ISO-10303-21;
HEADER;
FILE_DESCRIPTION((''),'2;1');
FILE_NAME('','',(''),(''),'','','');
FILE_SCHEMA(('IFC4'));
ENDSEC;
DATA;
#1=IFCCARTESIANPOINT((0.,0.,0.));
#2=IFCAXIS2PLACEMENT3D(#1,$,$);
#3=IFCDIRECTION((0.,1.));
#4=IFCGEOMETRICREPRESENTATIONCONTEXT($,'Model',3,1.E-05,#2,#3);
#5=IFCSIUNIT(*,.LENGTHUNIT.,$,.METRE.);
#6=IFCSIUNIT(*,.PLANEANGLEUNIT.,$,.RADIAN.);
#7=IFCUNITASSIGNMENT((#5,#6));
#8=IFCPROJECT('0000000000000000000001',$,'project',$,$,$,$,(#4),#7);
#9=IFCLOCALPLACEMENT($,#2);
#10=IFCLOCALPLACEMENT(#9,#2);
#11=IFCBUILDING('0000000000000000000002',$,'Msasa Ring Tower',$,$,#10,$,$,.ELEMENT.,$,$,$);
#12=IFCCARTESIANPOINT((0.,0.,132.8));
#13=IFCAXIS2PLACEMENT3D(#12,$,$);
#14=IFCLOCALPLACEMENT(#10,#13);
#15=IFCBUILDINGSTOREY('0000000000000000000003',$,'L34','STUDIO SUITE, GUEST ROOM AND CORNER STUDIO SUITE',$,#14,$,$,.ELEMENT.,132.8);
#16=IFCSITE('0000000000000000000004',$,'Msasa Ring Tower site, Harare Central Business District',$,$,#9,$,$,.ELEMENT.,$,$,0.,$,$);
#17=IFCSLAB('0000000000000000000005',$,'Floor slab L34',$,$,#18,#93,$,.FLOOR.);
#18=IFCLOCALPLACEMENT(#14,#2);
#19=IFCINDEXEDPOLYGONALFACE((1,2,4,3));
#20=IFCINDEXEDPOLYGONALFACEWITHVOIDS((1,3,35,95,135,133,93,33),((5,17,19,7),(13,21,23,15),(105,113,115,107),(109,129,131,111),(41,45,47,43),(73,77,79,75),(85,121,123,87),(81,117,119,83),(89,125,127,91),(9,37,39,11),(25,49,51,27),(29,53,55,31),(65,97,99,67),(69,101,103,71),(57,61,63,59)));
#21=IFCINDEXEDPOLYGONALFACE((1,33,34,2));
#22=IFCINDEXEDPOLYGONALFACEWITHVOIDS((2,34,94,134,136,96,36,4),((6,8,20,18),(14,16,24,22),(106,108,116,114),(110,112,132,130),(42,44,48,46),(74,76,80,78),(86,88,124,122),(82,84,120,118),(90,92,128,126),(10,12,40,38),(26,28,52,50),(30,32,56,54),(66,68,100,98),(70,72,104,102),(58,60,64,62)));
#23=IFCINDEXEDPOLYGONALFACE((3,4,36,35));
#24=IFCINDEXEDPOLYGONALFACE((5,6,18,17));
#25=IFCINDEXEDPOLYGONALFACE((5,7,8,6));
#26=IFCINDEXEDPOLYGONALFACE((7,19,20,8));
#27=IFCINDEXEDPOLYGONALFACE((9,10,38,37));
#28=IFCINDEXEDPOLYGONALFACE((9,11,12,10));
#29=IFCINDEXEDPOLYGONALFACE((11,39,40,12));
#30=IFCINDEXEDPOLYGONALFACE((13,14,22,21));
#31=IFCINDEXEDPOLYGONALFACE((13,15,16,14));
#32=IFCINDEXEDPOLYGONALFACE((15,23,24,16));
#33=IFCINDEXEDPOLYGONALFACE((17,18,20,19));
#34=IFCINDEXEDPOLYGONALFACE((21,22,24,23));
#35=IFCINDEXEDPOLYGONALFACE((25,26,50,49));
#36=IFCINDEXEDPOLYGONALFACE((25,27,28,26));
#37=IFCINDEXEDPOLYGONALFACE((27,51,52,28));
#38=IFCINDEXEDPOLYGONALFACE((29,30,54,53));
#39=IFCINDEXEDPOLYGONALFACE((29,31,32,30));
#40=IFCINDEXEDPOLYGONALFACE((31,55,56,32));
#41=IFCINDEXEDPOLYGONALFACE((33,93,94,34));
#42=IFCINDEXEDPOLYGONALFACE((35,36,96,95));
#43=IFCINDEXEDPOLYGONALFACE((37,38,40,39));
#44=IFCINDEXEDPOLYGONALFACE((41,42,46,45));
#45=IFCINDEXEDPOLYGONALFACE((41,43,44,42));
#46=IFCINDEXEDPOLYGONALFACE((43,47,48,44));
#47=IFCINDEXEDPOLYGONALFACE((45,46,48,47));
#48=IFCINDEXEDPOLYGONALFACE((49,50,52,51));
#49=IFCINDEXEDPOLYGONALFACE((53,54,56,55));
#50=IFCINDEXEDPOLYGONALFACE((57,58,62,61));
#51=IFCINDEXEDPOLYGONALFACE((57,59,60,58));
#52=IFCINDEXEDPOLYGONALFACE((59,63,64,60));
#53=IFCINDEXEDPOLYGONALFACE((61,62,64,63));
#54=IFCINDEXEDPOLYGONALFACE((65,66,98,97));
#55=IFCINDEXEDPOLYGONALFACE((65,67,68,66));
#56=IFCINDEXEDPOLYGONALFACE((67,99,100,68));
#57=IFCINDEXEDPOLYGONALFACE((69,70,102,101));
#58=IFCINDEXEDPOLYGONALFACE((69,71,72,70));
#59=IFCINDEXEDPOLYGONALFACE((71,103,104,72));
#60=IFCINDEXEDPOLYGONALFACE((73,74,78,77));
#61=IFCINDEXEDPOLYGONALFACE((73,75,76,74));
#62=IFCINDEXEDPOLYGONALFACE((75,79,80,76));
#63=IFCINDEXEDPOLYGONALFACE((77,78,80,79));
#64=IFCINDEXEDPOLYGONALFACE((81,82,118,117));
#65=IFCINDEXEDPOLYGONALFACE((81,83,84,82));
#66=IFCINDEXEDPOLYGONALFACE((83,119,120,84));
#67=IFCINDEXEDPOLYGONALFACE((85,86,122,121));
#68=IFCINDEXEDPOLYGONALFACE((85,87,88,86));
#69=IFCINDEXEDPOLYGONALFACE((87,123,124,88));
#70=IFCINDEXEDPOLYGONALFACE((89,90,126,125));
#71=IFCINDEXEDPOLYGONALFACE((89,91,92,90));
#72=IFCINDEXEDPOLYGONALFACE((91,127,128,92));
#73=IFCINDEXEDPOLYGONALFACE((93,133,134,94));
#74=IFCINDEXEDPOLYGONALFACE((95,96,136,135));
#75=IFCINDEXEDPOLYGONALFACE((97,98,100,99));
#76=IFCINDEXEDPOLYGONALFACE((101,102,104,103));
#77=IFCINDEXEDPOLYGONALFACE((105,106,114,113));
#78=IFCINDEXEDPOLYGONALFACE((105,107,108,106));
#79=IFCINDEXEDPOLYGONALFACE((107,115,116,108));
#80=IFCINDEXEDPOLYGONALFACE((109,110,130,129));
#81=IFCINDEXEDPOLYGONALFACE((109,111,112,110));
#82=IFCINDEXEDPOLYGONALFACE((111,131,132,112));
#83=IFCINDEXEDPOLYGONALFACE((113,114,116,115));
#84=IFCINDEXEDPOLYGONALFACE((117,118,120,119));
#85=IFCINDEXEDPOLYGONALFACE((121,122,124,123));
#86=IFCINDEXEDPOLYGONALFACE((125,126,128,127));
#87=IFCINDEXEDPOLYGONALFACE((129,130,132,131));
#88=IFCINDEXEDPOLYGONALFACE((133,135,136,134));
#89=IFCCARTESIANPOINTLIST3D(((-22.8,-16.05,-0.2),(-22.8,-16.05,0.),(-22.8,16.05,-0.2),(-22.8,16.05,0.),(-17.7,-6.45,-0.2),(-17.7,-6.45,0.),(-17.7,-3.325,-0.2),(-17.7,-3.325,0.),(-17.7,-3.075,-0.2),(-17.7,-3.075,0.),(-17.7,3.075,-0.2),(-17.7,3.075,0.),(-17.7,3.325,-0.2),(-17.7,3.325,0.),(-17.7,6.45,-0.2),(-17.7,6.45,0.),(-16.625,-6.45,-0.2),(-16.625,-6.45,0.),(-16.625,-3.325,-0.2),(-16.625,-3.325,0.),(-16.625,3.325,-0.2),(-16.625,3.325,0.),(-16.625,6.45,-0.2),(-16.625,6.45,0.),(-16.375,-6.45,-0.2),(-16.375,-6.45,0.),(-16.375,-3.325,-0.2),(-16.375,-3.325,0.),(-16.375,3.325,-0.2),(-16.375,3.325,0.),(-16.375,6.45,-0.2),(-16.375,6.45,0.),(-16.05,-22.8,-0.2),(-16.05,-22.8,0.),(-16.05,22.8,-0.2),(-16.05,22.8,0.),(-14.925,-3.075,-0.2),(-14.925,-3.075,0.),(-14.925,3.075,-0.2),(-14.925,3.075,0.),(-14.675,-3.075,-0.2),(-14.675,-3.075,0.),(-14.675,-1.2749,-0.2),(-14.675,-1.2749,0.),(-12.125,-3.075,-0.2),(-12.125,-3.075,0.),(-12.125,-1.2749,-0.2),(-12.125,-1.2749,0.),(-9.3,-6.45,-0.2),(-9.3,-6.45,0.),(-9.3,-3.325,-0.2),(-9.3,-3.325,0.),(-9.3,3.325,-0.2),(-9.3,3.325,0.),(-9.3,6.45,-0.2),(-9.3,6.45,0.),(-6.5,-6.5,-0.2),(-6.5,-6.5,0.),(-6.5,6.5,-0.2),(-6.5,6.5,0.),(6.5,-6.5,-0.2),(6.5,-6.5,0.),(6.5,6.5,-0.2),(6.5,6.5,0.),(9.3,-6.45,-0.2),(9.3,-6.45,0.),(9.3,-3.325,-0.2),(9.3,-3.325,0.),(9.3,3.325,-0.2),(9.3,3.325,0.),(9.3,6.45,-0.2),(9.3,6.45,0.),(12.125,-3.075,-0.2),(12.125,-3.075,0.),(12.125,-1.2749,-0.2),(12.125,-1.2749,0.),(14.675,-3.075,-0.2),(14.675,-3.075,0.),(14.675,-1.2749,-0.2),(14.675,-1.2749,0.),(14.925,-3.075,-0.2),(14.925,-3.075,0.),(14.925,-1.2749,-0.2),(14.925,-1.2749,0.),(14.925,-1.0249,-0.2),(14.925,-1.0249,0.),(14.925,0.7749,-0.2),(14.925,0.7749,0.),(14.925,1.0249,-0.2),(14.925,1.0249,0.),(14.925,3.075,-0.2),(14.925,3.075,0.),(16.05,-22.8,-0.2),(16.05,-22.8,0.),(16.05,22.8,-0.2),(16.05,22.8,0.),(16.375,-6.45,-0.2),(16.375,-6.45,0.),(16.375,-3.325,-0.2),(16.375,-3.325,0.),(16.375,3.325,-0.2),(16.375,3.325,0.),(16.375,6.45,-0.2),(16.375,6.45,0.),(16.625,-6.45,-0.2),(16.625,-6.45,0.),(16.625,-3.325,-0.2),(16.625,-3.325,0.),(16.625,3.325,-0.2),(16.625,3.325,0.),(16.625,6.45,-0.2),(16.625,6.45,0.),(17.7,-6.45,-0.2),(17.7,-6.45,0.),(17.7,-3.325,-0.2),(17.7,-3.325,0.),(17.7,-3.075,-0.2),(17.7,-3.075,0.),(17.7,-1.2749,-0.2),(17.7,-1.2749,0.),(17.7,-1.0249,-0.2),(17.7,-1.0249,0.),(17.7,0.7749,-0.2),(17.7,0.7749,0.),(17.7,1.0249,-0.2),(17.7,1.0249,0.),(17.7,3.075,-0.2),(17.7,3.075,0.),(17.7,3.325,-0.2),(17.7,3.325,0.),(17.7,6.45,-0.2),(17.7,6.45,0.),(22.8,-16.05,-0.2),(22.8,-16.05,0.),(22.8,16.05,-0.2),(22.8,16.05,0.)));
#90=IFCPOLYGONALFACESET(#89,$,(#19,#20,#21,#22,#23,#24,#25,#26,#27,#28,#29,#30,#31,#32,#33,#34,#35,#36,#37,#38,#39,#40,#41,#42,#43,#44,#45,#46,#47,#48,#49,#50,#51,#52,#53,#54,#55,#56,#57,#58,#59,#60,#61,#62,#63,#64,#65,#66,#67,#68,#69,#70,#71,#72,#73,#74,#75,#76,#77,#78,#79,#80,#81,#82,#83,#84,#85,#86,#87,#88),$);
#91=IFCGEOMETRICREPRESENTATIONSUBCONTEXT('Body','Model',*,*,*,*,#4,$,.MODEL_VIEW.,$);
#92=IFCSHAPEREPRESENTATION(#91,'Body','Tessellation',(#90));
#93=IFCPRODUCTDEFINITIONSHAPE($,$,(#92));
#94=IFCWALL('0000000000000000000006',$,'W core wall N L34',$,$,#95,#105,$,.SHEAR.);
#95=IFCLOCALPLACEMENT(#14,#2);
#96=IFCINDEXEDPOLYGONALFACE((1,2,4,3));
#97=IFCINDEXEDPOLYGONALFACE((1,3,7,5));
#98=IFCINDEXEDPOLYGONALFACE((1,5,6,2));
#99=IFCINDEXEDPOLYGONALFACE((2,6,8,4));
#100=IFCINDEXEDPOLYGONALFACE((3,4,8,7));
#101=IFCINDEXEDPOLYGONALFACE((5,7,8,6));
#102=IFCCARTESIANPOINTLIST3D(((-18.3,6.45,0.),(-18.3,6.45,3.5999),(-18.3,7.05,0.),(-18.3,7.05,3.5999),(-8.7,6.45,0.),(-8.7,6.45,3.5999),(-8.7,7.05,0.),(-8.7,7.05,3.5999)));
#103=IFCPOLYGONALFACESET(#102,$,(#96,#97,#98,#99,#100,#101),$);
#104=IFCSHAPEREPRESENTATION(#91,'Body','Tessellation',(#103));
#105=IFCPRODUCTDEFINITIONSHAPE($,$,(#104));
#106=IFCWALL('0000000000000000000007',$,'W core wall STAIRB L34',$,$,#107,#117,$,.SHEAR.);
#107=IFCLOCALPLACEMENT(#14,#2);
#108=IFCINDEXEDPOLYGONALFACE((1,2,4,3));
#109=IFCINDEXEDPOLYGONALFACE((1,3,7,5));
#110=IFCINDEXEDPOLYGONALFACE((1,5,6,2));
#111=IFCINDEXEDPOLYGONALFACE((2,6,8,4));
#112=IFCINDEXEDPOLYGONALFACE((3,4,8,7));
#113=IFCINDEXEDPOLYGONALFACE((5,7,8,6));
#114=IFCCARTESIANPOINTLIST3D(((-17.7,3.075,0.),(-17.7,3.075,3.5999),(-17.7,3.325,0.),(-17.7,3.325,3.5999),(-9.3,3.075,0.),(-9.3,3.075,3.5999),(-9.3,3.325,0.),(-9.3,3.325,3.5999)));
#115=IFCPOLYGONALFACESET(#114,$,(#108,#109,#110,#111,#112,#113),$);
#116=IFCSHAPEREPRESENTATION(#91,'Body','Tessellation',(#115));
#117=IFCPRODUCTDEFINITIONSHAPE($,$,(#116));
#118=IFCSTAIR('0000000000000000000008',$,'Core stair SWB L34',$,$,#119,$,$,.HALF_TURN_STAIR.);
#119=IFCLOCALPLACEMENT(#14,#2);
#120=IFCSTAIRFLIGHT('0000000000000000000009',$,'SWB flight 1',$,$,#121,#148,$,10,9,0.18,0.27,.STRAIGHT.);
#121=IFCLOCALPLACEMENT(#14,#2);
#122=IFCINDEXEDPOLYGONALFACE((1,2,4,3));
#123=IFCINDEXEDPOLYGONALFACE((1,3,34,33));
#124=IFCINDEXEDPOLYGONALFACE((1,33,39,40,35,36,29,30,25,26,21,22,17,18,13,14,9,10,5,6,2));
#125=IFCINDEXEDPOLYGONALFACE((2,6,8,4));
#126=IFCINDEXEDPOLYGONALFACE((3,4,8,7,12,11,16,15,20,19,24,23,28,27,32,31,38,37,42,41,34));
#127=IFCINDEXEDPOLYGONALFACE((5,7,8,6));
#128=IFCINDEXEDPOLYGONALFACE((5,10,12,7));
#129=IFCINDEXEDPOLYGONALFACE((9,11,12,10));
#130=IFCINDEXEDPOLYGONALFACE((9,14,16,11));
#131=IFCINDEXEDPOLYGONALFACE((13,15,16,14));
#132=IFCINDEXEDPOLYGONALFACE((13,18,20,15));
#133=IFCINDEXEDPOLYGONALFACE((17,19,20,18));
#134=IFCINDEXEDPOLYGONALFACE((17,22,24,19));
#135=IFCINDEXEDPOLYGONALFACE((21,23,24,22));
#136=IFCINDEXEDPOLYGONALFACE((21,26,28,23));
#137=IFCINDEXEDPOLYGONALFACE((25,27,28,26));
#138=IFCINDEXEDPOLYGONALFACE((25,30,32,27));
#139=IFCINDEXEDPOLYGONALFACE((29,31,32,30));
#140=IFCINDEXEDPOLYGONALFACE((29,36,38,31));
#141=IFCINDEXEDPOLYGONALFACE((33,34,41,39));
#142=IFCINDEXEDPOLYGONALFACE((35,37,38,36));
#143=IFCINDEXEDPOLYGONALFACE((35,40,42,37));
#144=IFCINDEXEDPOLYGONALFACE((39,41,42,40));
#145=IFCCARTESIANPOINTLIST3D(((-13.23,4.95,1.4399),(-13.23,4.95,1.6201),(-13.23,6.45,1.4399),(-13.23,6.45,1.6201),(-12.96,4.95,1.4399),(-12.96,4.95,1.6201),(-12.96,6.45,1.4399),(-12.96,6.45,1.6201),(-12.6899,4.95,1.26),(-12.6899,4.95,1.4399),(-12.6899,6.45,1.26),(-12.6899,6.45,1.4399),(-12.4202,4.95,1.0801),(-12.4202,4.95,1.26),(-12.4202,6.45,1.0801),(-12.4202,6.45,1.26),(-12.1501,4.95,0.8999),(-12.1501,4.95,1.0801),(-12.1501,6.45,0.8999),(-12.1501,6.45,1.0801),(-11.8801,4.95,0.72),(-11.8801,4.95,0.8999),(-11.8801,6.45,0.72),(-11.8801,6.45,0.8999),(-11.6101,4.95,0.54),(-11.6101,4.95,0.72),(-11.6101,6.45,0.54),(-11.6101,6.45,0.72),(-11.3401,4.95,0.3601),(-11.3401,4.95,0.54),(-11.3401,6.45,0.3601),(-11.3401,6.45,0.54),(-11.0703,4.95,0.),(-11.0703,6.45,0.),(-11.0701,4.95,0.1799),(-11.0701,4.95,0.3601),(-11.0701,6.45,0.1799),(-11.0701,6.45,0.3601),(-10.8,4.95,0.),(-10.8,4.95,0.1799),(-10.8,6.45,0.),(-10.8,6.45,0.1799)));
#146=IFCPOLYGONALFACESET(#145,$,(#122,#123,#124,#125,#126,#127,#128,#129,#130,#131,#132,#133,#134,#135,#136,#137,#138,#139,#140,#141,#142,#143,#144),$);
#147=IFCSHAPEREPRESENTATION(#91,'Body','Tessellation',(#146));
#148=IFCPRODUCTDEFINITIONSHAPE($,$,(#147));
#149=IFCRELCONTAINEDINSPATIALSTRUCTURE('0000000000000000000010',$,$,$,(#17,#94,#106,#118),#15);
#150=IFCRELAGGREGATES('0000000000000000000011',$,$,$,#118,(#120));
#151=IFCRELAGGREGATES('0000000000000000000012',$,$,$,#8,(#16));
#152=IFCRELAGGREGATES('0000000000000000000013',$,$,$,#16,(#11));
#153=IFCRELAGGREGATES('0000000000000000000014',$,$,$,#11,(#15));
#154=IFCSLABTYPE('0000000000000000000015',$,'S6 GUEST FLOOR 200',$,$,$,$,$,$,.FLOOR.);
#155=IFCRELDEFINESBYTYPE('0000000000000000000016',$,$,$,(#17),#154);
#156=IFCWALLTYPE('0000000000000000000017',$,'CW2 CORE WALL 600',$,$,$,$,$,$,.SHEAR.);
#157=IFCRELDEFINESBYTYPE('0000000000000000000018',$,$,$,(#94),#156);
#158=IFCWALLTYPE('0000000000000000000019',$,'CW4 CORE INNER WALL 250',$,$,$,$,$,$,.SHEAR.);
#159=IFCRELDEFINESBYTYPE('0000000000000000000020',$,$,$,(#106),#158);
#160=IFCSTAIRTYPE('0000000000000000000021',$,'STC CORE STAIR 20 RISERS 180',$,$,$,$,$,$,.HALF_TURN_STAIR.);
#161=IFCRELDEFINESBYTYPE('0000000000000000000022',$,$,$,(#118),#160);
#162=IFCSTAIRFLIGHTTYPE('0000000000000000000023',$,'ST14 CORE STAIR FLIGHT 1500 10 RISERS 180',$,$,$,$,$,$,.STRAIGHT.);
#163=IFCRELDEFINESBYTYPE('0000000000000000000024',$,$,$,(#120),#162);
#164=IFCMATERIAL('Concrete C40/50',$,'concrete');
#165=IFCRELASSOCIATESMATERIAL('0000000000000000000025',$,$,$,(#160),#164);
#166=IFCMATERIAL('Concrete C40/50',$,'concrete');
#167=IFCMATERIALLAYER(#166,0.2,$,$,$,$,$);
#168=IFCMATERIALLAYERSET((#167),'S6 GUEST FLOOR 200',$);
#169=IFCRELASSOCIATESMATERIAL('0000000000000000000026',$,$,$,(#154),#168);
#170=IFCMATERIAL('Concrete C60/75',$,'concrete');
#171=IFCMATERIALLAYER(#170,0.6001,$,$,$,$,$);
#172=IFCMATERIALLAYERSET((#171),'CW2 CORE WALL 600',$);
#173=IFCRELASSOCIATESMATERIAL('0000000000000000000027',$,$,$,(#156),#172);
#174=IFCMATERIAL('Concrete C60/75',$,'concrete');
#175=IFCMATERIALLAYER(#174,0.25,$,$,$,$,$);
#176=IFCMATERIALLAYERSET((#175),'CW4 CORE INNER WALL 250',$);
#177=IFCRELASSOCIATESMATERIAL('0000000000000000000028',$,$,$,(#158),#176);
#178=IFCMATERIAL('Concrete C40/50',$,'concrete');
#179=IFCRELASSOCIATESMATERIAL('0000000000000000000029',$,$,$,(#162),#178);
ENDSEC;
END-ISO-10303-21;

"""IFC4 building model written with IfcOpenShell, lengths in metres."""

from ifc_helpers import new_model, si_unit, direction, frame, frame_2d, origin, place, context, subcontext, project, spatial, polyline, rectangle, outline, extrude, material, layer, layer_set, type_object, element, aggregate, save


model = new_model("IFC4")

# Units and contexts
model_context = context("Model", 3, precision=1e-05, world=origin(), true_north=direction((0.0, 1.0)))
body_context = subcontext(model_context, "Body", "Model", "MODEL_VIEW")
ifc_project = project(units=[si_unit("LENGTHUNIT", "METRE"), si_unit("PLANEANGLEUNIT", "RADIAN")], contexts=[model_context])

# Site, building, storey
site_placement = place(None, origin())
site = spatial("IfcSite", under=ifc_project, at=site_placement, Name="Msasa Ring Tower site, Harare Central Business District", CompositionType="ELEMENT", RefElevation=0.0)
building_placement = place(site_placement, origin())
building = spatial("IfcBuilding", under=site, at=building_placement, Name="Msasa Ring Tower", CompositionType="ELEMENT")
storey_placement = place(building_placement, frame((0.0, 0.0, 132.8)))
storey = spatial("IfcBuildingStorey", under=building, at=storey_placement, Name="L34", Description="STUDIO SUITE, GUEST ROOM AND CORNER STUDIO SUITE", CompositionType="ELEMENT", Elevation=132.8)

# Shared definitions
ifc_material_1 = material(Name="Concrete C40/50", Category="concrete")
stair_type = type_object("IfcStairType", Name="STC CORE STAIR 20 RISERS 180", PredefinedType="HALF_TURN_STAIR", material=ifc_material_1)

# Slab
ifc_material_2 = material(Name="Concrete C40/50", Category="concrete")
ifc_layer_1 = layer(ifc_material_2, 0.2)
ifc_layer_set_1 = layer_set([ifc_layer_1], Name="S6 GUEST FLOOR 200")
slab_type_1 = type_object("IfcSlabType", Name="S6 GUEST FLOOR 200", PredefinedType="FLOOR", material=ifc_layer_set_1)
slab_1_placement = place(storey_placement, frame((0.0, 0.0, -0.2)))
element("IfcSlab", 1, at=slab_1_placement, inside=storey, type_object=slab_type_1, Name="Floor slab L34", PredefinedType="FLOOR", context=body_context, shape_type="SweptSolid", body=[
    extrude(outline(polyline([(-16.05, -22.8), (16.05, -22.8), (22.8, -16.05), (22.8, 16.05), (16.05, 22.8), (-16.05, 22.8), (-22.8, 16.05), (-22.8, -16.05), (-16.05, -22.8)]), holes=[polyline([(-6.5, -6.5), (6.5, -6.5), (6.5, 6.5), (-6.5, 6.5), (-6.5, -6.5)]), polyline([(9.3, -6.45), (16.375, -6.45), (16.375, -3.325), (9.3, -3.325), (9.3, -6.45)]), polyline([(9.3, 3.325), (16.375, 3.325), (16.375, 6.45), (9.3, 6.45), (9.3, 3.325)]), polyline([(12.125, -3.075), (14.675, -3.075), (14.675, -1.2749), (12.125, -1.2749), (12.125, -3.075)]), polyline([(16.625, -6.45), (17.7, -6.45), (17.7, -3.325), (16.625, -3.325), (16.625, -6.45)]), polyline([(16.625, 3.325), (17.7, 3.325), (17.7, 6.45), (16.625, 6.45), (16.625, 3.325)]), polyline([(14.925, -3.075), (17.7, -3.075), (17.7, -1.2749), (14.925, -1.2749), (14.925, -3.075)]), polyline([(14.925, -1.0249), (17.7, -1.0249), (17.7, 0.7749), (14.925, 0.7749), (14.925, -1.0249)]), polyline([(14.925, 1.0249), (17.7, 1.0249), (17.7, 3.075), (14.925, 3.075), (14.925, 1.0249)]), polyline([(-16.375, -6.45), (-9.3, -6.45), (-9.3, -3.325), (-16.375, -3.325), (-16.375, -6.45)]), polyline([(-16.375, 3.325), (-9.3, 3.325), (-9.3, 6.45), (-16.375, 6.45), (-16.375, 3.325)]), polyline([(-14.675, -3.075), (-12.125, -3.075), (-12.125, -1.2749), (-14.675, -1.2749), (-14.675, -3.075)]), polyline([(-17.7, -6.45), (-16.625, -6.45), (-16.625, -3.325), (-17.7, -3.325), (-17.7, -6.45)]), polyline([(-17.7, 3.325), (-16.625, 3.325), (-16.625, 6.45), (-17.7, 6.45), (-17.7, 3.325)]), polyline([(-17.7, -3.075), (-14.925, -3.075), (-14.925, 3.075), (-17.7, 3.075), (-17.7, -3.075)])]), origin(), (0.0, 0.0, 1.0), 0.2),
])

# Walls
ifc_material_3 = material(Name="Concrete C60/75", Category="concrete")
ifc_layer_2 = layer(ifc_material_3, 0.6001)
ifc_layer_set_2 = layer_set([ifc_layer_2], Name="CW2 CORE WALL 600")
wall_type_1 = type_object("IfcWallType", Name="CW2 CORE WALL 600", PredefinedType="SHEAR", material=ifc_layer_set_2)
wall_1_placement = place(storey_placement, frame((-8.7, 6.75, 0.0), z_axis=(0.0, 0.0, 1.0), x_axis=(-1.0, 0.0, 0.0)))
element("IfcWall", 2, at=wall_1_placement, inside=storey, type_object=wall_type_1, Name="W core wall N L34", PredefinedType="SHEAR", context=body_context, shape_type="SweptSolid", body=[
    extrude(rectangle(XDim=9.6001, YDim=0.6001, at=frame_2d((4.8, 0.0))), origin(), (0.0, 0.0, 1.0), 3.5999),
])
ifc_material_4 = material(Name="Concrete C60/75", Category="concrete")
ifc_layer_3 = layer(ifc_material_4, 0.25)
ifc_layer_set_3 = layer_set([ifc_layer_3], Name="CW4 CORE INNER WALL 250")
wall_type_2 = type_object("IfcWallType", Name="CW4 CORE INNER WALL 250", PredefinedType="SHEAR", material=ifc_layer_set_3)
wall_2_placement = place(storey_placement, frame((-9.3, 3.2, 0.0), z_axis=(0.0, 0.0, 1.0), x_axis=(-1.0, 0.0, 0.0)))
element("IfcWall", 3, at=wall_2_placement, inside=storey, type_object=wall_type_2, Name="W core wall STAIRB L34", PredefinedType="SHEAR", context=body_context, shape_type="SweptSolid", body=[
    extrude(rectangle(XDim=8.3999, YDim=0.25, at=frame_2d((4.2, 0.0))), origin(), (0.0, 0.0, 1.0), 3.5999),
])

# Stair, stair flight
stair_1_placement = place(storey_placement, origin())
stair_1 = element("IfcStair", 4, at=stair_1_placement, inside=storey, type_object=stair_type, Name="Core stair SWB L34", PredefinedType="HALF_TURN_STAIR")
ifc_material_5 = material(Name="Concrete C40/50", Category="concrete")
stair_flight_type = type_object("IfcStairFlightType", Name="ST14 CORE STAIR FLIGHT 1500 10 RISERS 180", PredefinedType="STRAIGHT", material=ifc_material_5)
stair_flight_placement = place(storey_placement, frame((-10.8, 5.7, 0.0), z_axis=(0.0, 0.0, 1.0), x_axis=(-1.0, 0.0, 0.0)))
stair_flight = element("IfcStairFlight", 5, at=stair_flight_placement, type_object=stair_flight_type, Name="SWB flight 1", NumberOfRisers=10, NumberOfTreads=9, PredefinedType="STRAIGHT", RiserHeight=0.18, TreadLength=0.27, context=body_context, shape_type="SweptSolid", body=[
    extrude(outline(polyline([(0.0, 0.0), (0.0, 0.1799), (0.27, 0.1799), (0.27, 0.3601), (0.54, 0.3601), (0.54, 0.54), (0.8101, 0.54), (0.8101, 0.72), (1.0801, 0.72), (1.0801, 0.8999), (1.3501, 0.8999), (1.3501, 1.0801), (1.6201, 1.0801), (1.6201, 1.26), (1.8899, 1.26), (1.8899, 1.4399), (2.1599, 1.4399), (2.1599, 1.6201), (2.4299, 1.6201), (2.4299, 1.8), (2.4299, 1.4399), (0.2703, 0.0), (0.0, 0.0)])), frame((0.0, 0.75, 0.0), z_axis=(0.0, -1.0, 0.0), x_axis=(1.0, 0.0, 0.0)), (0.0, 0.0, 1.0), 1.5),
])
aggregate(stair_1, [stair_flight])

save(model, "model.ifc")
